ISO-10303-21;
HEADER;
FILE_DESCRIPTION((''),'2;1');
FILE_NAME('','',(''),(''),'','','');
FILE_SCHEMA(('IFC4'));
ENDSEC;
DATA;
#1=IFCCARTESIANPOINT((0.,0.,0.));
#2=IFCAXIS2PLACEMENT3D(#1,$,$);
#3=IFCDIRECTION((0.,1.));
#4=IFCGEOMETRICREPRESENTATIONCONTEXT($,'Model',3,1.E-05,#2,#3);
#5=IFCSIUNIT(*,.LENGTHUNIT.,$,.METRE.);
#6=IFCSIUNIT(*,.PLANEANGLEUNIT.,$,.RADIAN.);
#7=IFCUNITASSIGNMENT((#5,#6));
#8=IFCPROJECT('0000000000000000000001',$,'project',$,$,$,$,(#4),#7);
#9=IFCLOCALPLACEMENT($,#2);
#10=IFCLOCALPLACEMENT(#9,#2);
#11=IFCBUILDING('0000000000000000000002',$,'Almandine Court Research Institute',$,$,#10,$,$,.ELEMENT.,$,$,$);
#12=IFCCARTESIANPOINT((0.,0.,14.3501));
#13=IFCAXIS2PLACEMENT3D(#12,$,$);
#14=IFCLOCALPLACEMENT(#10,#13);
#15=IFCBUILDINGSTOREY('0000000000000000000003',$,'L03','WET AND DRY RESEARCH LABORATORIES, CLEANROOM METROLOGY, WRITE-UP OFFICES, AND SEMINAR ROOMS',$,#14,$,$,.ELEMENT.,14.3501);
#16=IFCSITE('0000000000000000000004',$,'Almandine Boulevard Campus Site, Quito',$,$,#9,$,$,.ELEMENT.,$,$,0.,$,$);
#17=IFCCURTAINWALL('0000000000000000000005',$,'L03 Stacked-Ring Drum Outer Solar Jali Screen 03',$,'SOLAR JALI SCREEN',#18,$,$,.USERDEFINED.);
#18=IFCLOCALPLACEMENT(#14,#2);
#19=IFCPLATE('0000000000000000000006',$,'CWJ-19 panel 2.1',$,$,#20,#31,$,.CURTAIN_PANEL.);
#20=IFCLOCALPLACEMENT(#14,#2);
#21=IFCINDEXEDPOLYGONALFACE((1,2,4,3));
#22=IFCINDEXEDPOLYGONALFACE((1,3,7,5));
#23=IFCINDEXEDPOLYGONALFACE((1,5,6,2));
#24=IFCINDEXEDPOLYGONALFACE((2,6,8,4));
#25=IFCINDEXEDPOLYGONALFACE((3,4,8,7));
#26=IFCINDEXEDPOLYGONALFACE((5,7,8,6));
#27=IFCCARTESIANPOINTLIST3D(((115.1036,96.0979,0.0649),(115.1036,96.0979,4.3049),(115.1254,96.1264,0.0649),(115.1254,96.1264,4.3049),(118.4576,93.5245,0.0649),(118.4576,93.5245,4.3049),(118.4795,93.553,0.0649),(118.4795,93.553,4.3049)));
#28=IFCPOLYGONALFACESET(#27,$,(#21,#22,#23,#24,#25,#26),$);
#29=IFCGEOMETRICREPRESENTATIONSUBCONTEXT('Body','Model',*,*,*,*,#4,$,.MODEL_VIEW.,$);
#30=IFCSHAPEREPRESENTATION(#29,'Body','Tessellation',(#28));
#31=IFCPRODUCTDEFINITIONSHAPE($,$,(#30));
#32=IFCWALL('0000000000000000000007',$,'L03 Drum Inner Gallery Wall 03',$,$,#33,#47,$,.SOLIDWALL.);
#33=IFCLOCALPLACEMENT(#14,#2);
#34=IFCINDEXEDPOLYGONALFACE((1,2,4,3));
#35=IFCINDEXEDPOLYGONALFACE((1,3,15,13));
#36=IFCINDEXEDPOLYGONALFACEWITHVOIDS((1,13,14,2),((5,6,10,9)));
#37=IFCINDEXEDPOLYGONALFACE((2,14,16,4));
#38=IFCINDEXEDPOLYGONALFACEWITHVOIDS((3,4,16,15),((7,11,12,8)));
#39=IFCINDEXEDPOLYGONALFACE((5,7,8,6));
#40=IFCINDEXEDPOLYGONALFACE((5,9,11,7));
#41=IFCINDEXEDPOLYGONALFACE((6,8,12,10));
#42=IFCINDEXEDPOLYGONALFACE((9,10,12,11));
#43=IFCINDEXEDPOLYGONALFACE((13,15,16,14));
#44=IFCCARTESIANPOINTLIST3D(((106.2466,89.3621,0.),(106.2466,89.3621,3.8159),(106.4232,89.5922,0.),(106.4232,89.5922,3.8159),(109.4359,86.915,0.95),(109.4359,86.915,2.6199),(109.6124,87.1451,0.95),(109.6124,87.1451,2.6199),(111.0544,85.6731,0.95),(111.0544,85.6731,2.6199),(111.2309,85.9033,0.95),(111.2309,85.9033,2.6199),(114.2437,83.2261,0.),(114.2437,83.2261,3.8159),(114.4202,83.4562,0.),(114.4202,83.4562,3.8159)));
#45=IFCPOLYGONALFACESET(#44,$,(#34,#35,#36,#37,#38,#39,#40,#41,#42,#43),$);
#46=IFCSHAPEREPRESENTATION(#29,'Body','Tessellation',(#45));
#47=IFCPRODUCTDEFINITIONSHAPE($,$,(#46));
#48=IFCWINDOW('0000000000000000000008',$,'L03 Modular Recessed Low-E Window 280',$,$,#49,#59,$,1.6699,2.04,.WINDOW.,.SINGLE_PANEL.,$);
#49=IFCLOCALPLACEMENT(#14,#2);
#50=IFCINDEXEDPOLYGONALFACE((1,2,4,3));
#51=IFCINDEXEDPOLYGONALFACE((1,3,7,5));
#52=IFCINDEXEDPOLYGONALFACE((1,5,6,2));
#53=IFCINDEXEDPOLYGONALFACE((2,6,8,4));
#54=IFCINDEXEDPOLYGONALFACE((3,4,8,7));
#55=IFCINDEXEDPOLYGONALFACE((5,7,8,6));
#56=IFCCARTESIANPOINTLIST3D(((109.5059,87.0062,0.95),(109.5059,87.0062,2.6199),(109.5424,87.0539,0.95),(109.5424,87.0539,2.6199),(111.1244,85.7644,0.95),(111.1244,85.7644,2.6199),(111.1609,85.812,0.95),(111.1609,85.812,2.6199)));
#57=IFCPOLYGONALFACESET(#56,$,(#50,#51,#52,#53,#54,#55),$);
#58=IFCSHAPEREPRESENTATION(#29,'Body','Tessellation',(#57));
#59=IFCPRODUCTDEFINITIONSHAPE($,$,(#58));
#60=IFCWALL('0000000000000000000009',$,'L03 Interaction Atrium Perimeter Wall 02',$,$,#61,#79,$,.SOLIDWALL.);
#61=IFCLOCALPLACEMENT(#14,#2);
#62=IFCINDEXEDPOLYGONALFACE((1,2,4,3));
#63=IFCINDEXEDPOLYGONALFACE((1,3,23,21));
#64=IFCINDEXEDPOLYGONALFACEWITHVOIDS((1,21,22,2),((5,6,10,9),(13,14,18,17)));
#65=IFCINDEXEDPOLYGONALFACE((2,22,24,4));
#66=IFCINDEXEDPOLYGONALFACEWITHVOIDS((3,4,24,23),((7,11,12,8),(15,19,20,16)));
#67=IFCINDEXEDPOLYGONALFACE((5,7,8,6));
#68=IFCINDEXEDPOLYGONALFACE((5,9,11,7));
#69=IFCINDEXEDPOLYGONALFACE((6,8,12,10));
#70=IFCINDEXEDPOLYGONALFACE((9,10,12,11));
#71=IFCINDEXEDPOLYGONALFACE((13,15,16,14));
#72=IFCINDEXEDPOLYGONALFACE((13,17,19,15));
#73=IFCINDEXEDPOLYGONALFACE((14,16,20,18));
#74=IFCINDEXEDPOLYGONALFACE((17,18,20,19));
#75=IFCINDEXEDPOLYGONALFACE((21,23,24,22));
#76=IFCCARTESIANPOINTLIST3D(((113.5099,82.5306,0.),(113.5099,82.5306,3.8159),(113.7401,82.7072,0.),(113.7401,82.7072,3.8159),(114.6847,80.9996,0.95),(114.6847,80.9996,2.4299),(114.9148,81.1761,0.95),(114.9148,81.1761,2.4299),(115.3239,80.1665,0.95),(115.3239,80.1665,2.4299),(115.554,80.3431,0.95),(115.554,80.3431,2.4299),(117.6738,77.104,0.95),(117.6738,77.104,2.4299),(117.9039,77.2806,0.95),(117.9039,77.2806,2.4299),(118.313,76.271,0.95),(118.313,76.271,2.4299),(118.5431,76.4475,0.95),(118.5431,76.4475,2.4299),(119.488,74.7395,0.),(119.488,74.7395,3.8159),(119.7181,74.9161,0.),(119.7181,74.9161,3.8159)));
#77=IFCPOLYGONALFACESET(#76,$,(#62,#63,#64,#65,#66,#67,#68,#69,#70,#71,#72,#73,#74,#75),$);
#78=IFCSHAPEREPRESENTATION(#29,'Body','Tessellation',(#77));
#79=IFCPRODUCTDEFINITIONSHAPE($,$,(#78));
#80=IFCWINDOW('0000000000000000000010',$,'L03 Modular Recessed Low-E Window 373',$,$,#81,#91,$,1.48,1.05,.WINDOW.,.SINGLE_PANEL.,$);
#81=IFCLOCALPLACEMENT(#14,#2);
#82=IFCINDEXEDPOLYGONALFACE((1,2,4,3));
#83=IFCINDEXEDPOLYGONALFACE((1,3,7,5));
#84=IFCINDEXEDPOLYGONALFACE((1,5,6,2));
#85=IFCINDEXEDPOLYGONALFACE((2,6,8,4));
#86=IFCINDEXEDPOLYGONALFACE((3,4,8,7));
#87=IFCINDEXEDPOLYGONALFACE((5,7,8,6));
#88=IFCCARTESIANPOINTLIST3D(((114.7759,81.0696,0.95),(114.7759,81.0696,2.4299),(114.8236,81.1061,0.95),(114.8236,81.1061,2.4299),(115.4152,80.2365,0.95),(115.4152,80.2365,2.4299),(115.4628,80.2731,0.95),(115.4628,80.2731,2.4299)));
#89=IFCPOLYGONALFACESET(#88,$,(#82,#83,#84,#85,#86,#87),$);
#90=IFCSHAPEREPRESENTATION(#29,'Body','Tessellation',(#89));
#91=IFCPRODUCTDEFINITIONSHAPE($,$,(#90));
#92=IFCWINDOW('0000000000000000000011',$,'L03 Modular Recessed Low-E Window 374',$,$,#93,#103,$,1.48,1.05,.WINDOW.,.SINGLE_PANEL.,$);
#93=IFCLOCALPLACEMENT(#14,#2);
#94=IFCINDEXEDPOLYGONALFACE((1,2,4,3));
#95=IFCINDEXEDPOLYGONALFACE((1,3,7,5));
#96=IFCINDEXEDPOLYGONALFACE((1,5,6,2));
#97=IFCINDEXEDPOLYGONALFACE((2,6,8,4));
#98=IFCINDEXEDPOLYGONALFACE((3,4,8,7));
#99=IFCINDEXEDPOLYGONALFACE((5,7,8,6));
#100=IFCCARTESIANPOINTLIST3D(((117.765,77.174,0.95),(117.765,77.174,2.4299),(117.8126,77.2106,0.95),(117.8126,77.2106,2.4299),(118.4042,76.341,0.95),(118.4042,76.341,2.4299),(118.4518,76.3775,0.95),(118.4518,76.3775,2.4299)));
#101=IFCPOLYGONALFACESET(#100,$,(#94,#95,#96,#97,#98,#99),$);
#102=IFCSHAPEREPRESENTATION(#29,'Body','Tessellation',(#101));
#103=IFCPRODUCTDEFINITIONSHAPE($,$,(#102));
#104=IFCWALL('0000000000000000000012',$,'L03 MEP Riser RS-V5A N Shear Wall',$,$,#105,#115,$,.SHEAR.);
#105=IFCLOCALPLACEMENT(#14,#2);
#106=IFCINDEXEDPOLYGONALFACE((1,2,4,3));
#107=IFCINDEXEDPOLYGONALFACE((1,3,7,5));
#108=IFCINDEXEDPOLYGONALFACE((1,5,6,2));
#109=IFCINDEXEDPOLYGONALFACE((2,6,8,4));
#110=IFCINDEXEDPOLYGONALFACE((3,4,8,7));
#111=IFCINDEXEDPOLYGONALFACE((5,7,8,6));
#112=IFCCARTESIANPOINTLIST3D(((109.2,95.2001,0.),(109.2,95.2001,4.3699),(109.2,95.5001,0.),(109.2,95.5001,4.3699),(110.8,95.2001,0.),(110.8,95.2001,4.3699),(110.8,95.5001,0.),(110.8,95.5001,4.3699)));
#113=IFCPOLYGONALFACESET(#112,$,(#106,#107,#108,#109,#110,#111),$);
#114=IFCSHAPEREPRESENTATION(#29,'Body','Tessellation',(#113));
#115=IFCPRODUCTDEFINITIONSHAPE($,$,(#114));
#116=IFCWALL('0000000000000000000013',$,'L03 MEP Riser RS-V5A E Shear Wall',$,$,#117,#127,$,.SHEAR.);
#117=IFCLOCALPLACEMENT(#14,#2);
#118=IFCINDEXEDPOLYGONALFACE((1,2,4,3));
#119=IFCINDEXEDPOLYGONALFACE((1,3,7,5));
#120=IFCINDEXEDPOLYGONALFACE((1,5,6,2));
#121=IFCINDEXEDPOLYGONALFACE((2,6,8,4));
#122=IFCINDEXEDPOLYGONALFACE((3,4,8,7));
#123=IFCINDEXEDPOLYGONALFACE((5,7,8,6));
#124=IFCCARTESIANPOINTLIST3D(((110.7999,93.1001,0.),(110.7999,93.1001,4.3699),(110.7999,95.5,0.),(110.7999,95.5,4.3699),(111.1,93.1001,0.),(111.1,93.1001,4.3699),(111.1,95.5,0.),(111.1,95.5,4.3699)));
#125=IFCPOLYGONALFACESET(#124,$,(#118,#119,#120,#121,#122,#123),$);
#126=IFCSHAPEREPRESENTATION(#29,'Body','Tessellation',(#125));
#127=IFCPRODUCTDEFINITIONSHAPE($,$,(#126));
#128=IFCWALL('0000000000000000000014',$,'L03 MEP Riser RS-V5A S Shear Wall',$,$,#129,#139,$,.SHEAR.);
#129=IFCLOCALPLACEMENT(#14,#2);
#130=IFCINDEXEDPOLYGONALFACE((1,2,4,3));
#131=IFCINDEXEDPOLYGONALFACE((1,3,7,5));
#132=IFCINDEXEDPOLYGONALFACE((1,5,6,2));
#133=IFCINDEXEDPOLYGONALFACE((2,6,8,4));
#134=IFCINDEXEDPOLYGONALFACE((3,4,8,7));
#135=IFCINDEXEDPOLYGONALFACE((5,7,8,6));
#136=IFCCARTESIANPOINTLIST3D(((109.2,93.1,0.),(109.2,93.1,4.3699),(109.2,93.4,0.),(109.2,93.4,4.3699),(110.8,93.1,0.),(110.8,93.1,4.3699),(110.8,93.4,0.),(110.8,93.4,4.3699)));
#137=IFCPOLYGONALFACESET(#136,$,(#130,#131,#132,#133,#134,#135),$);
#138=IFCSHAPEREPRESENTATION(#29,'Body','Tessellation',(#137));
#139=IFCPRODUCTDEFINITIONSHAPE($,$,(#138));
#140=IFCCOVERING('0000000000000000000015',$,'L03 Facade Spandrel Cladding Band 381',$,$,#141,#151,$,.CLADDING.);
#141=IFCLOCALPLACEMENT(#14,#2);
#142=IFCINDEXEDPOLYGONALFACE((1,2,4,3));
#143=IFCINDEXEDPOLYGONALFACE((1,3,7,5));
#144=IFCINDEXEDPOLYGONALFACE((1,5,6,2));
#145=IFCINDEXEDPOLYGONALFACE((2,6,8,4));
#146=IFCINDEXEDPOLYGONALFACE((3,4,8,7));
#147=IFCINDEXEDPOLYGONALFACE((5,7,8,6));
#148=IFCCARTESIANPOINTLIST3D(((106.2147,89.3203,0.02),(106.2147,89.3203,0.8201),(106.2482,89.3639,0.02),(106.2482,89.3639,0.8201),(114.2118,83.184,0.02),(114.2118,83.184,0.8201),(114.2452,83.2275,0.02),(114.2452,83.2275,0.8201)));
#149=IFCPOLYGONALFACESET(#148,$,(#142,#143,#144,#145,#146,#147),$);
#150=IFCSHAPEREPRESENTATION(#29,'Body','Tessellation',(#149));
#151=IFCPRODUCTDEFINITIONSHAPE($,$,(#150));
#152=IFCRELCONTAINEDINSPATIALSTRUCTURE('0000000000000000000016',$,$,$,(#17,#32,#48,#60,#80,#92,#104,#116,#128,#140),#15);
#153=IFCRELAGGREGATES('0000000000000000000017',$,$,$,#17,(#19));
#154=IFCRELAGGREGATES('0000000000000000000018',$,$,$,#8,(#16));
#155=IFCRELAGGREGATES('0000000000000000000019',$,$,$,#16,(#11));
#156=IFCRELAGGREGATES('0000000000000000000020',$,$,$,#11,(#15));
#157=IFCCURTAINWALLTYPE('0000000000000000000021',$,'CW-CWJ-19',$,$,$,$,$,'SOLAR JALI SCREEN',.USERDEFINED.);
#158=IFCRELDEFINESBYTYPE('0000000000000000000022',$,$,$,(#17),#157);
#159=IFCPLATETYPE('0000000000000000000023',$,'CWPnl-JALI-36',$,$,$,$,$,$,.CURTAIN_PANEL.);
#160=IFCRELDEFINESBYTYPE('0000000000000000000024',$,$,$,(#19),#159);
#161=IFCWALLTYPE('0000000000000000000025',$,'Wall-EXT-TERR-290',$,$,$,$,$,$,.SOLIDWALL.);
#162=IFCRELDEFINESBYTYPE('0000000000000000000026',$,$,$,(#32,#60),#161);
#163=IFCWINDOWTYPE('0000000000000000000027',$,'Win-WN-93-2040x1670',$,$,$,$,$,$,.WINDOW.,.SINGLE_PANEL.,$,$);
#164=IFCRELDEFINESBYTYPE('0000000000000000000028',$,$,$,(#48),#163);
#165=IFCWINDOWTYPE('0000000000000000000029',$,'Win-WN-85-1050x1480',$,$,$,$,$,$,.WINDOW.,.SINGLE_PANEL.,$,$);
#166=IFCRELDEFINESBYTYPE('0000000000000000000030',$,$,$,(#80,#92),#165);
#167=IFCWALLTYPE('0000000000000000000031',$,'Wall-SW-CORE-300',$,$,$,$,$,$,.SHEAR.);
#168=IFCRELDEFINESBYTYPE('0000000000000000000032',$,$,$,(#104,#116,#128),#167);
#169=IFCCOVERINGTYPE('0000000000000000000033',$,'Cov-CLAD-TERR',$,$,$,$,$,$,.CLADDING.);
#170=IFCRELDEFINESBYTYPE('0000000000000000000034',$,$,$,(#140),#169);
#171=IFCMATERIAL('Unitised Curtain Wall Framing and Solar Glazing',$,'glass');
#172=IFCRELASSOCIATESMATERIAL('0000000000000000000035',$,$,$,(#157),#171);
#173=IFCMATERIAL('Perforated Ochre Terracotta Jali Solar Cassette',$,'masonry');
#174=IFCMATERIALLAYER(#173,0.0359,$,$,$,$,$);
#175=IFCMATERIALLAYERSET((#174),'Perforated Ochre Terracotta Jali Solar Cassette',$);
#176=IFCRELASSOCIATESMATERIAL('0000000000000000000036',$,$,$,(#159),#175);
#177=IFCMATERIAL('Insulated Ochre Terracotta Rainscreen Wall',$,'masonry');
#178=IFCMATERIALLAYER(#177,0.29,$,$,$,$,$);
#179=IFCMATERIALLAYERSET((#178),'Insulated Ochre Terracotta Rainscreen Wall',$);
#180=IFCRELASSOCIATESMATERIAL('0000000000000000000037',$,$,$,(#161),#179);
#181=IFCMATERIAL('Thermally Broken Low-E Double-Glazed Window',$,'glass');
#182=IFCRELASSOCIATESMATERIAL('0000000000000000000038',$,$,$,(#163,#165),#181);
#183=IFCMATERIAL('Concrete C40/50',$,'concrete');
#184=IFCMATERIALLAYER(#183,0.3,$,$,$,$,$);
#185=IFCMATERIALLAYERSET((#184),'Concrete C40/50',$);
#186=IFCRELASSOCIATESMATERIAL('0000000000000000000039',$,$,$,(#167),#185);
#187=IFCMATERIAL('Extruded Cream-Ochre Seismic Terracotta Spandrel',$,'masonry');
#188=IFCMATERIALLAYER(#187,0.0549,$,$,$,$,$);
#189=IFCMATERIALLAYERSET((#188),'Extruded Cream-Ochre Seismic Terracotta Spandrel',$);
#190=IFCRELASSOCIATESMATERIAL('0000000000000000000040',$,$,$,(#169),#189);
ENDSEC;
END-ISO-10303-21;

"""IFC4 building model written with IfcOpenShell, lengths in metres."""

from ifc_helpers import new_model, si_unit, direction, frame, frame_2d, origin, origin_2d, place, context, subcontext, project, spatial, rectangle, extrude, material, layer, layer_set, type_object, element, fill, aggregate, save


model = new_model("IFC4")

# Units and contexts
model_context = context("Model", 3, precision=1e-05, world=origin(), true_north=direction((0.0, 1.0)))
body_context = subcontext(model_context, "Body", "Model", "MODEL_VIEW")
ifc_project = project(units=[si_unit("LENGTHUNIT", "METRE"), si_unit("PLANEANGLEUNIT", "RADIAN")], contexts=[model_context])

# Site, building, storey
site_placement = place(None, origin())
site = spatial("IfcSite", under=ifc_project, at=site_placement, Name="Almandine Boulevard Campus Site, Quito", CompositionType="ELEMENT", RefElevation=0.0)
building_placement = place(site_placement, origin())
building = spatial("IfcBuilding", under=site, at=building_placement, Name="Almandine Court Research Institute", CompositionType="ELEMENT")
storey_placement = place(building_placement, frame((0.0, 0.0, 14.3501)))
storey = spatial("IfcBuildingStorey", under=building, at=storey_placement, Name="L03", Description="WET AND DRY RESEARCH LABORATORIES, CLEANROOM METROLOGY, WRITE-UP OFFICES, AND SEMINAR ROOMS", CompositionType="ELEMENT", Elevation=14.3501)

# Shared definitions
ifc_material_1 = material(Name="Unitised Curtain Wall Framing and Solar Glazing", Category="glass")

# Curtain wall
curtain_wall_type_1 = type_object("IfcCurtainWallType", Name="CW-CWJ-19", ElementType="SOLAR JALI SCREEN", PredefinedType="USERDEFINED", material=ifc_material_1)
curtain_wall_1_placement = place(storey_placement, origin())
curtain_wall_1 = element("IfcCurtainWall", 1, at=curtain_wall_1_placement, inside=storey, type_object=curtain_wall_type_1, Name="L03 Stacked-Ring Drum Outer Solar Jali Screen 03", ObjectType="SOLAR JALI SCREEN", PredefinedType="USERDEFINED")

# Plate
ifc_material_2 = material(Name="Perforated Ochre Terracotta Jali Solar Cassette", Category="masonry")
ifc_layer_1 = layer(ifc_material_2, 0.0359)
ifc_layer_set_1 = layer_set([ifc_layer_1], Name="Perforated Ochre Terracotta Jali Solar Cassette")
plate_type_1 = type_object("IfcPlateType", Name="CWPnl-JALI-36", PredefinedType="CURTAIN_PANEL", material=ifc_layer_set_1)
plate_1_placement = place(storey_placement, frame((116.7915, 94.8254, 0.0649), z_axis=(0.0, 0.0, 1.0), x_axis=(0.793383, -0.608723, 0.0)))
plate_1 = element("IfcPlate", 2, at=plate_1_placement, type_object=plate_type_1, Name="CWJ-19 panel 2.1", PredefinedType="CURTAIN_PANEL", context=body_context, shape_type="SweptSolid", body=[
    extrude(rectangle(XDim=4.2275, YDim=0.0359, at=origin_2d()), origin(), (0.0, 0.0, 1.0), 4.24),
])
aggregate(curtain_wall_1, [plate_1])

# Wall, opening, window
ifc_material_3 = material(Name="Insulated Ochre Terracotta Rainscreen Wall", Category="masonry")
ifc_layer_2 = layer(ifc_material_3, 0.29)
ifc_layer_set_2 = layer_set([ifc_layer_2], Name="Insulated Ochre Terracotta Rainscreen Wall")
wall_type_1 = type_object("IfcWallType", Name="Wall-EXT-TERR-290", PredefinedType="SOLIDWALL", material=ifc_layer_set_2)
wall_1_placement = place(storey_placement, frame((114.332, 83.3411, 0.0), z_axis=(0.0, 0.0, 1.0), x_axis=(-0.793372, 0.608738, 0.0)))
wall_1 = element("IfcWall", 3, at=wall_1_placement, inside=storey, type_object=wall_type_1, Name="L03 Drum Inner Gallery Wall 03", PredefinedType="SOLIDWALL", context=body_context, shape_type="SweptSolid", body=[
    extrude(rectangle(XDim=10.0798, YDim=0.29, at=frame_2d((5.04, 0.0))), origin(), (0.0, 0.0, 1.0), 3.8159),
])
opening_1_placement = place(wall_1_placement, frame((4.02, 0.0, 0.95)))
opening_1 = element("IfcOpeningElement", 4, at=opening_1_placement, cuts=wall_1, PredefinedType="OPENING", context=body_context, shape_type="SweptSolid", body=[
    extrude(rectangle(XDim=2.04, YDim=1.6699, at=frame_2d((1.02, 0.835))), frame((0.0, 0.155, 0.0), z_axis=(0.0, -1.0, 0.0), x_axis=(1.0, 0.0, 0.0)), (0.0, 0.0, 1.0), 0.3101),
])
ifc_material_4 = material(Name="Thermally Broken Low-E Double-Glazed Window", Category="glass")
window_type_1 = type_object("IfcWindowType", Name="Win-WN-93-2040x1670", PartitioningType="SINGLE_PANEL", PredefinedType="WINDOW", material=ifc_material_4)
window_1_placement = place(opening_1_placement, origin())
window_1 = element("IfcWindow", 5, at=window_1_placement, inside=storey, type_object=window_type_1, Name="L03 Modular Recessed Low-E Window 280", OverallHeight=1.6699, OverallWidth=2.04, PartitioningType="SINGLE_PANEL", PredefinedType="WINDOW", context=body_context, shape_type="SweptSolid", body=[
    extrude(rectangle(XDim=2.04, YDim=1.6699, at=frame_2d((1.02, 0.835))), frame((0.0, 0.03, 0.0), z_axis=(0.0, -1.0, 0.0), x_axis=(1.0, 0.0, 0.0)), (0.0, 0.0, 1.0), 0.0601),
])
fill(opening_1, window_1)

# Wall, openings, windows
wall_2_placement = place(storey_placement, frame((113.625, 82.6189, 0.0), z_axis=(0.0, 0.0, 1.0), x_axis=(0.608747, -0.793365, 0.0)))
wall_2 = element("IfcWall", 6, at=wall_2_placement, inside=storey, type_object=wall_type_1, Name="L03 Interaction Atrium Perimeter Wall 02", PredefinedType="SOLIDWALL", context=body_context, shape_type="SweptSolid", body=[
    extrude(rectangle(XDim=9.8203, YDim=0.29, at=frame_2d((4.9102, 0.0))), origin(), (0.0, 0.0, 1.0), 3.8159),
])
opening_2_placement = place(wall_2_placement, frame((1.9299, 0.0, 0.95)))
opening_2 = element("IfcOpeningElement", 7, at=opening_2_placement, cuts=wall_2, PredefinedType="OPENING", context=body_context, shape_type="SweptSolid", body=[
    extrude(rectangle(XDim=1.05, YDim=1.48, at=frame_2d((0.5249, 0.74))), frame((0.0, 0.155, 0.0), z_axis=(0.0, -1.0, 0.0), x_axis=(1.0, 0.0, 0.0)), (0.0, 0.0, 1.0), 0.3101),
])
opening_3_placement = place(wall_2_placement, frame((6.8401, 0.0, 0.95)))
opening_3 = element("IfcOpeningElement", 8, at=opening_3_placement, cuts=wall_2, PredefinedType="OPENING", context=body_context, shape_type="SweptSolid", body=[
    extrude(rectangle(XDim=1.05, YDim=1.48, at=frame_2d((0.5249, 0.74))), frame((0.0, 0.155, 0.0), z_axis=(0.0, -1.0, 0.0), x_axis=(1.0, 0.0, 0.0)), (0.0, 0.0, 1.0), 0.3101),
])
window_type_2 = type_object("IfcWindowType", Name="Win-WN-85-1050x1480", PartitioningType="SINGLE_PANEL", PredefinedType="WINDOW", material=ifc_material_4)
window_2_placement = place(opening_2_placement, origin())
window_2 = element("IfcWindow", 9, at=window_2_placement, inside=storey, type_object=window_type_2, Name="L03 Modular Recessed Low-E Window 373", OverallHeight=1.48, OverallWidth=1.05, PartitioningType="SINGLE_PANEL", PredefinedType="WINDOW", context=body_context, shape_type="SweptSolid", body=[
    extrude(rectangle(XDim=1.05, YDim=1.48, at=frame_2d((0.5249, 0.74))), frame((0.0, 0.03, 0.0), z_axis=(0.0, -1.0, 0.0), x_axis=(1.0, 0.0, 0.0)), (0.0, 0.0, 1.0), 0.0601),
])
fill(opening_2, window_2)
window_3_placement = place(opening_3_placement, origin())
window_3 = element("IfcWindow", 10, at=window_3_placement, inside=storey, type_object=window_type_2, Name="L03 Modular Recessed Low-E Window 374", OverallHeight=1.48, OverallWidth=1.05, PartitioningType="SINGLE_PANEL", PredefinedType="WINDOW", context=body_context, shape_type="SweptSolid", body=[
    extrude(rectangle(XDim=1.05, YDim=1.48, at=frame_2d((0.5249, 0.74))), frame((0.0, 0.03, 0.0), z_axis=(0.0, -1.0, 0.0), x_axis=(1.0, 0.0, 0.0)), (0.0, 0.0, 1.0), 0.0601),
])
fill(opening_3, window_3)

# Walls
ifc_material_5 = material(Name="Concrete C40/50", Category="concrete")
ifc_layer_3 = layer(ifc_material_5, 0.3)
ifc_layer_set_3 = layer_set([ifc_layer_3], Name="Concrete C40/50")
wall_type_2 = type_object("IfcWallType", Name="Wall-SW-CORE-300", PredefinedType="SHEAR", material=ifc_layer_set_3)
wall_3_placement = place(storey_placement, frame((109.2, 95.3501, 0.0), z_axis=(0.0, 0.0, 1.0), x_axis=(1.0, 0.0, 0.0)))
element("IfcWall", 11, at=wall_3_placement, inside=storey, type_object=wall_type_2, Name="L03 MEP Riser RS-V5A N Shear Wall", PredefinedType="SHEAR", context=body_context, shape_type="SweptSolid", body=[
    extrude(rectangle(XDim=1.6001, YDim=0.3, at=frame_2d((0.8, 0.0))), origin(), (0.0, 0.0, 1.0), 4.3699),
])
wall_4_placement = place(storey_placement, frame((110.95, 95.5, 0.0), z_axis=(0.0, 0.0, 1.0), x_axis=(0.0, -1.0, 0.0)))
element("IfcWall", 12, at=wall_4_placement, inside=storey, type_object=wall_type_2, Name="L03 MEP Riser RS-V5A E Shear Wall", PredefinedType="SHEAR", context=body_context, shape_type="SweptSolid", body=[
    extrude(rectangle(XDim=2.3999, YDim=0.3, at=frame_2d((1.2, 0.0))), origin(), (0.0, 0.0, 1.0), 4.3699),
])
wall_5_placement = place(storey_placement, frame((110.8, 93.25, 0.0), z_axis=(0.0, 0.0, 1.0), x_axis=(-1.0, 0.0, 0.0)))
element("IfcWall", 13, at=wall_5_placement, inside=storey, type_object=wall_type_2, Name="L03 MEP Riser RS-V5A S Shear Wall", PredefinedType="SHEAR", context=body_context, shape_type="SweptSolid", body=[
    extrude(rectangle(XDim=1.6001, YDim=0.3, at=frame_2d((0.8, 0.0))), origin(), (0.0, 0.0, 1.0), 4.3699),
])

# Covering
ifc_material_6 = material(Name="Extruded Cream-Ochre Seismic Terracotta Spandrel", Category="masonry")
ifc_layer_4 = layer(ifc_material_6, 0.0549)
ifc_layer_set_4 = layer_set([ifc_layer_4], Name="Extruded Cream-Ochre Seismic Terracotta Spandrel")
covering_type = type_object("IfcCoveringType", Name="Cov-CLAD-TERR", PredefinedType="CLADDING", material=ifc_layer_set_4)
covering_placement = place(storey_placement, frame((110.23, 86.2739, 0.02), z_axis=(0.0, 0.0, 1.0), x_axis=(-0.793353, 0.608761, 0.0)))
element("IfcCovering", 14, at=covering_placement, inside=storey, type_object=covering_type, Name="L03 Facade Spandrel Cladding Band 381", PredefinedType="CLADDING", context=body_context, shape_type="SweptSolid", body=[
    extrude(rectangle(XDim=10.0801, YDim=0.0549, at=origin_2d()), origin(), (0.0, 0.0, 1.0), 0.8),
])

save(model, "model.ifc")
